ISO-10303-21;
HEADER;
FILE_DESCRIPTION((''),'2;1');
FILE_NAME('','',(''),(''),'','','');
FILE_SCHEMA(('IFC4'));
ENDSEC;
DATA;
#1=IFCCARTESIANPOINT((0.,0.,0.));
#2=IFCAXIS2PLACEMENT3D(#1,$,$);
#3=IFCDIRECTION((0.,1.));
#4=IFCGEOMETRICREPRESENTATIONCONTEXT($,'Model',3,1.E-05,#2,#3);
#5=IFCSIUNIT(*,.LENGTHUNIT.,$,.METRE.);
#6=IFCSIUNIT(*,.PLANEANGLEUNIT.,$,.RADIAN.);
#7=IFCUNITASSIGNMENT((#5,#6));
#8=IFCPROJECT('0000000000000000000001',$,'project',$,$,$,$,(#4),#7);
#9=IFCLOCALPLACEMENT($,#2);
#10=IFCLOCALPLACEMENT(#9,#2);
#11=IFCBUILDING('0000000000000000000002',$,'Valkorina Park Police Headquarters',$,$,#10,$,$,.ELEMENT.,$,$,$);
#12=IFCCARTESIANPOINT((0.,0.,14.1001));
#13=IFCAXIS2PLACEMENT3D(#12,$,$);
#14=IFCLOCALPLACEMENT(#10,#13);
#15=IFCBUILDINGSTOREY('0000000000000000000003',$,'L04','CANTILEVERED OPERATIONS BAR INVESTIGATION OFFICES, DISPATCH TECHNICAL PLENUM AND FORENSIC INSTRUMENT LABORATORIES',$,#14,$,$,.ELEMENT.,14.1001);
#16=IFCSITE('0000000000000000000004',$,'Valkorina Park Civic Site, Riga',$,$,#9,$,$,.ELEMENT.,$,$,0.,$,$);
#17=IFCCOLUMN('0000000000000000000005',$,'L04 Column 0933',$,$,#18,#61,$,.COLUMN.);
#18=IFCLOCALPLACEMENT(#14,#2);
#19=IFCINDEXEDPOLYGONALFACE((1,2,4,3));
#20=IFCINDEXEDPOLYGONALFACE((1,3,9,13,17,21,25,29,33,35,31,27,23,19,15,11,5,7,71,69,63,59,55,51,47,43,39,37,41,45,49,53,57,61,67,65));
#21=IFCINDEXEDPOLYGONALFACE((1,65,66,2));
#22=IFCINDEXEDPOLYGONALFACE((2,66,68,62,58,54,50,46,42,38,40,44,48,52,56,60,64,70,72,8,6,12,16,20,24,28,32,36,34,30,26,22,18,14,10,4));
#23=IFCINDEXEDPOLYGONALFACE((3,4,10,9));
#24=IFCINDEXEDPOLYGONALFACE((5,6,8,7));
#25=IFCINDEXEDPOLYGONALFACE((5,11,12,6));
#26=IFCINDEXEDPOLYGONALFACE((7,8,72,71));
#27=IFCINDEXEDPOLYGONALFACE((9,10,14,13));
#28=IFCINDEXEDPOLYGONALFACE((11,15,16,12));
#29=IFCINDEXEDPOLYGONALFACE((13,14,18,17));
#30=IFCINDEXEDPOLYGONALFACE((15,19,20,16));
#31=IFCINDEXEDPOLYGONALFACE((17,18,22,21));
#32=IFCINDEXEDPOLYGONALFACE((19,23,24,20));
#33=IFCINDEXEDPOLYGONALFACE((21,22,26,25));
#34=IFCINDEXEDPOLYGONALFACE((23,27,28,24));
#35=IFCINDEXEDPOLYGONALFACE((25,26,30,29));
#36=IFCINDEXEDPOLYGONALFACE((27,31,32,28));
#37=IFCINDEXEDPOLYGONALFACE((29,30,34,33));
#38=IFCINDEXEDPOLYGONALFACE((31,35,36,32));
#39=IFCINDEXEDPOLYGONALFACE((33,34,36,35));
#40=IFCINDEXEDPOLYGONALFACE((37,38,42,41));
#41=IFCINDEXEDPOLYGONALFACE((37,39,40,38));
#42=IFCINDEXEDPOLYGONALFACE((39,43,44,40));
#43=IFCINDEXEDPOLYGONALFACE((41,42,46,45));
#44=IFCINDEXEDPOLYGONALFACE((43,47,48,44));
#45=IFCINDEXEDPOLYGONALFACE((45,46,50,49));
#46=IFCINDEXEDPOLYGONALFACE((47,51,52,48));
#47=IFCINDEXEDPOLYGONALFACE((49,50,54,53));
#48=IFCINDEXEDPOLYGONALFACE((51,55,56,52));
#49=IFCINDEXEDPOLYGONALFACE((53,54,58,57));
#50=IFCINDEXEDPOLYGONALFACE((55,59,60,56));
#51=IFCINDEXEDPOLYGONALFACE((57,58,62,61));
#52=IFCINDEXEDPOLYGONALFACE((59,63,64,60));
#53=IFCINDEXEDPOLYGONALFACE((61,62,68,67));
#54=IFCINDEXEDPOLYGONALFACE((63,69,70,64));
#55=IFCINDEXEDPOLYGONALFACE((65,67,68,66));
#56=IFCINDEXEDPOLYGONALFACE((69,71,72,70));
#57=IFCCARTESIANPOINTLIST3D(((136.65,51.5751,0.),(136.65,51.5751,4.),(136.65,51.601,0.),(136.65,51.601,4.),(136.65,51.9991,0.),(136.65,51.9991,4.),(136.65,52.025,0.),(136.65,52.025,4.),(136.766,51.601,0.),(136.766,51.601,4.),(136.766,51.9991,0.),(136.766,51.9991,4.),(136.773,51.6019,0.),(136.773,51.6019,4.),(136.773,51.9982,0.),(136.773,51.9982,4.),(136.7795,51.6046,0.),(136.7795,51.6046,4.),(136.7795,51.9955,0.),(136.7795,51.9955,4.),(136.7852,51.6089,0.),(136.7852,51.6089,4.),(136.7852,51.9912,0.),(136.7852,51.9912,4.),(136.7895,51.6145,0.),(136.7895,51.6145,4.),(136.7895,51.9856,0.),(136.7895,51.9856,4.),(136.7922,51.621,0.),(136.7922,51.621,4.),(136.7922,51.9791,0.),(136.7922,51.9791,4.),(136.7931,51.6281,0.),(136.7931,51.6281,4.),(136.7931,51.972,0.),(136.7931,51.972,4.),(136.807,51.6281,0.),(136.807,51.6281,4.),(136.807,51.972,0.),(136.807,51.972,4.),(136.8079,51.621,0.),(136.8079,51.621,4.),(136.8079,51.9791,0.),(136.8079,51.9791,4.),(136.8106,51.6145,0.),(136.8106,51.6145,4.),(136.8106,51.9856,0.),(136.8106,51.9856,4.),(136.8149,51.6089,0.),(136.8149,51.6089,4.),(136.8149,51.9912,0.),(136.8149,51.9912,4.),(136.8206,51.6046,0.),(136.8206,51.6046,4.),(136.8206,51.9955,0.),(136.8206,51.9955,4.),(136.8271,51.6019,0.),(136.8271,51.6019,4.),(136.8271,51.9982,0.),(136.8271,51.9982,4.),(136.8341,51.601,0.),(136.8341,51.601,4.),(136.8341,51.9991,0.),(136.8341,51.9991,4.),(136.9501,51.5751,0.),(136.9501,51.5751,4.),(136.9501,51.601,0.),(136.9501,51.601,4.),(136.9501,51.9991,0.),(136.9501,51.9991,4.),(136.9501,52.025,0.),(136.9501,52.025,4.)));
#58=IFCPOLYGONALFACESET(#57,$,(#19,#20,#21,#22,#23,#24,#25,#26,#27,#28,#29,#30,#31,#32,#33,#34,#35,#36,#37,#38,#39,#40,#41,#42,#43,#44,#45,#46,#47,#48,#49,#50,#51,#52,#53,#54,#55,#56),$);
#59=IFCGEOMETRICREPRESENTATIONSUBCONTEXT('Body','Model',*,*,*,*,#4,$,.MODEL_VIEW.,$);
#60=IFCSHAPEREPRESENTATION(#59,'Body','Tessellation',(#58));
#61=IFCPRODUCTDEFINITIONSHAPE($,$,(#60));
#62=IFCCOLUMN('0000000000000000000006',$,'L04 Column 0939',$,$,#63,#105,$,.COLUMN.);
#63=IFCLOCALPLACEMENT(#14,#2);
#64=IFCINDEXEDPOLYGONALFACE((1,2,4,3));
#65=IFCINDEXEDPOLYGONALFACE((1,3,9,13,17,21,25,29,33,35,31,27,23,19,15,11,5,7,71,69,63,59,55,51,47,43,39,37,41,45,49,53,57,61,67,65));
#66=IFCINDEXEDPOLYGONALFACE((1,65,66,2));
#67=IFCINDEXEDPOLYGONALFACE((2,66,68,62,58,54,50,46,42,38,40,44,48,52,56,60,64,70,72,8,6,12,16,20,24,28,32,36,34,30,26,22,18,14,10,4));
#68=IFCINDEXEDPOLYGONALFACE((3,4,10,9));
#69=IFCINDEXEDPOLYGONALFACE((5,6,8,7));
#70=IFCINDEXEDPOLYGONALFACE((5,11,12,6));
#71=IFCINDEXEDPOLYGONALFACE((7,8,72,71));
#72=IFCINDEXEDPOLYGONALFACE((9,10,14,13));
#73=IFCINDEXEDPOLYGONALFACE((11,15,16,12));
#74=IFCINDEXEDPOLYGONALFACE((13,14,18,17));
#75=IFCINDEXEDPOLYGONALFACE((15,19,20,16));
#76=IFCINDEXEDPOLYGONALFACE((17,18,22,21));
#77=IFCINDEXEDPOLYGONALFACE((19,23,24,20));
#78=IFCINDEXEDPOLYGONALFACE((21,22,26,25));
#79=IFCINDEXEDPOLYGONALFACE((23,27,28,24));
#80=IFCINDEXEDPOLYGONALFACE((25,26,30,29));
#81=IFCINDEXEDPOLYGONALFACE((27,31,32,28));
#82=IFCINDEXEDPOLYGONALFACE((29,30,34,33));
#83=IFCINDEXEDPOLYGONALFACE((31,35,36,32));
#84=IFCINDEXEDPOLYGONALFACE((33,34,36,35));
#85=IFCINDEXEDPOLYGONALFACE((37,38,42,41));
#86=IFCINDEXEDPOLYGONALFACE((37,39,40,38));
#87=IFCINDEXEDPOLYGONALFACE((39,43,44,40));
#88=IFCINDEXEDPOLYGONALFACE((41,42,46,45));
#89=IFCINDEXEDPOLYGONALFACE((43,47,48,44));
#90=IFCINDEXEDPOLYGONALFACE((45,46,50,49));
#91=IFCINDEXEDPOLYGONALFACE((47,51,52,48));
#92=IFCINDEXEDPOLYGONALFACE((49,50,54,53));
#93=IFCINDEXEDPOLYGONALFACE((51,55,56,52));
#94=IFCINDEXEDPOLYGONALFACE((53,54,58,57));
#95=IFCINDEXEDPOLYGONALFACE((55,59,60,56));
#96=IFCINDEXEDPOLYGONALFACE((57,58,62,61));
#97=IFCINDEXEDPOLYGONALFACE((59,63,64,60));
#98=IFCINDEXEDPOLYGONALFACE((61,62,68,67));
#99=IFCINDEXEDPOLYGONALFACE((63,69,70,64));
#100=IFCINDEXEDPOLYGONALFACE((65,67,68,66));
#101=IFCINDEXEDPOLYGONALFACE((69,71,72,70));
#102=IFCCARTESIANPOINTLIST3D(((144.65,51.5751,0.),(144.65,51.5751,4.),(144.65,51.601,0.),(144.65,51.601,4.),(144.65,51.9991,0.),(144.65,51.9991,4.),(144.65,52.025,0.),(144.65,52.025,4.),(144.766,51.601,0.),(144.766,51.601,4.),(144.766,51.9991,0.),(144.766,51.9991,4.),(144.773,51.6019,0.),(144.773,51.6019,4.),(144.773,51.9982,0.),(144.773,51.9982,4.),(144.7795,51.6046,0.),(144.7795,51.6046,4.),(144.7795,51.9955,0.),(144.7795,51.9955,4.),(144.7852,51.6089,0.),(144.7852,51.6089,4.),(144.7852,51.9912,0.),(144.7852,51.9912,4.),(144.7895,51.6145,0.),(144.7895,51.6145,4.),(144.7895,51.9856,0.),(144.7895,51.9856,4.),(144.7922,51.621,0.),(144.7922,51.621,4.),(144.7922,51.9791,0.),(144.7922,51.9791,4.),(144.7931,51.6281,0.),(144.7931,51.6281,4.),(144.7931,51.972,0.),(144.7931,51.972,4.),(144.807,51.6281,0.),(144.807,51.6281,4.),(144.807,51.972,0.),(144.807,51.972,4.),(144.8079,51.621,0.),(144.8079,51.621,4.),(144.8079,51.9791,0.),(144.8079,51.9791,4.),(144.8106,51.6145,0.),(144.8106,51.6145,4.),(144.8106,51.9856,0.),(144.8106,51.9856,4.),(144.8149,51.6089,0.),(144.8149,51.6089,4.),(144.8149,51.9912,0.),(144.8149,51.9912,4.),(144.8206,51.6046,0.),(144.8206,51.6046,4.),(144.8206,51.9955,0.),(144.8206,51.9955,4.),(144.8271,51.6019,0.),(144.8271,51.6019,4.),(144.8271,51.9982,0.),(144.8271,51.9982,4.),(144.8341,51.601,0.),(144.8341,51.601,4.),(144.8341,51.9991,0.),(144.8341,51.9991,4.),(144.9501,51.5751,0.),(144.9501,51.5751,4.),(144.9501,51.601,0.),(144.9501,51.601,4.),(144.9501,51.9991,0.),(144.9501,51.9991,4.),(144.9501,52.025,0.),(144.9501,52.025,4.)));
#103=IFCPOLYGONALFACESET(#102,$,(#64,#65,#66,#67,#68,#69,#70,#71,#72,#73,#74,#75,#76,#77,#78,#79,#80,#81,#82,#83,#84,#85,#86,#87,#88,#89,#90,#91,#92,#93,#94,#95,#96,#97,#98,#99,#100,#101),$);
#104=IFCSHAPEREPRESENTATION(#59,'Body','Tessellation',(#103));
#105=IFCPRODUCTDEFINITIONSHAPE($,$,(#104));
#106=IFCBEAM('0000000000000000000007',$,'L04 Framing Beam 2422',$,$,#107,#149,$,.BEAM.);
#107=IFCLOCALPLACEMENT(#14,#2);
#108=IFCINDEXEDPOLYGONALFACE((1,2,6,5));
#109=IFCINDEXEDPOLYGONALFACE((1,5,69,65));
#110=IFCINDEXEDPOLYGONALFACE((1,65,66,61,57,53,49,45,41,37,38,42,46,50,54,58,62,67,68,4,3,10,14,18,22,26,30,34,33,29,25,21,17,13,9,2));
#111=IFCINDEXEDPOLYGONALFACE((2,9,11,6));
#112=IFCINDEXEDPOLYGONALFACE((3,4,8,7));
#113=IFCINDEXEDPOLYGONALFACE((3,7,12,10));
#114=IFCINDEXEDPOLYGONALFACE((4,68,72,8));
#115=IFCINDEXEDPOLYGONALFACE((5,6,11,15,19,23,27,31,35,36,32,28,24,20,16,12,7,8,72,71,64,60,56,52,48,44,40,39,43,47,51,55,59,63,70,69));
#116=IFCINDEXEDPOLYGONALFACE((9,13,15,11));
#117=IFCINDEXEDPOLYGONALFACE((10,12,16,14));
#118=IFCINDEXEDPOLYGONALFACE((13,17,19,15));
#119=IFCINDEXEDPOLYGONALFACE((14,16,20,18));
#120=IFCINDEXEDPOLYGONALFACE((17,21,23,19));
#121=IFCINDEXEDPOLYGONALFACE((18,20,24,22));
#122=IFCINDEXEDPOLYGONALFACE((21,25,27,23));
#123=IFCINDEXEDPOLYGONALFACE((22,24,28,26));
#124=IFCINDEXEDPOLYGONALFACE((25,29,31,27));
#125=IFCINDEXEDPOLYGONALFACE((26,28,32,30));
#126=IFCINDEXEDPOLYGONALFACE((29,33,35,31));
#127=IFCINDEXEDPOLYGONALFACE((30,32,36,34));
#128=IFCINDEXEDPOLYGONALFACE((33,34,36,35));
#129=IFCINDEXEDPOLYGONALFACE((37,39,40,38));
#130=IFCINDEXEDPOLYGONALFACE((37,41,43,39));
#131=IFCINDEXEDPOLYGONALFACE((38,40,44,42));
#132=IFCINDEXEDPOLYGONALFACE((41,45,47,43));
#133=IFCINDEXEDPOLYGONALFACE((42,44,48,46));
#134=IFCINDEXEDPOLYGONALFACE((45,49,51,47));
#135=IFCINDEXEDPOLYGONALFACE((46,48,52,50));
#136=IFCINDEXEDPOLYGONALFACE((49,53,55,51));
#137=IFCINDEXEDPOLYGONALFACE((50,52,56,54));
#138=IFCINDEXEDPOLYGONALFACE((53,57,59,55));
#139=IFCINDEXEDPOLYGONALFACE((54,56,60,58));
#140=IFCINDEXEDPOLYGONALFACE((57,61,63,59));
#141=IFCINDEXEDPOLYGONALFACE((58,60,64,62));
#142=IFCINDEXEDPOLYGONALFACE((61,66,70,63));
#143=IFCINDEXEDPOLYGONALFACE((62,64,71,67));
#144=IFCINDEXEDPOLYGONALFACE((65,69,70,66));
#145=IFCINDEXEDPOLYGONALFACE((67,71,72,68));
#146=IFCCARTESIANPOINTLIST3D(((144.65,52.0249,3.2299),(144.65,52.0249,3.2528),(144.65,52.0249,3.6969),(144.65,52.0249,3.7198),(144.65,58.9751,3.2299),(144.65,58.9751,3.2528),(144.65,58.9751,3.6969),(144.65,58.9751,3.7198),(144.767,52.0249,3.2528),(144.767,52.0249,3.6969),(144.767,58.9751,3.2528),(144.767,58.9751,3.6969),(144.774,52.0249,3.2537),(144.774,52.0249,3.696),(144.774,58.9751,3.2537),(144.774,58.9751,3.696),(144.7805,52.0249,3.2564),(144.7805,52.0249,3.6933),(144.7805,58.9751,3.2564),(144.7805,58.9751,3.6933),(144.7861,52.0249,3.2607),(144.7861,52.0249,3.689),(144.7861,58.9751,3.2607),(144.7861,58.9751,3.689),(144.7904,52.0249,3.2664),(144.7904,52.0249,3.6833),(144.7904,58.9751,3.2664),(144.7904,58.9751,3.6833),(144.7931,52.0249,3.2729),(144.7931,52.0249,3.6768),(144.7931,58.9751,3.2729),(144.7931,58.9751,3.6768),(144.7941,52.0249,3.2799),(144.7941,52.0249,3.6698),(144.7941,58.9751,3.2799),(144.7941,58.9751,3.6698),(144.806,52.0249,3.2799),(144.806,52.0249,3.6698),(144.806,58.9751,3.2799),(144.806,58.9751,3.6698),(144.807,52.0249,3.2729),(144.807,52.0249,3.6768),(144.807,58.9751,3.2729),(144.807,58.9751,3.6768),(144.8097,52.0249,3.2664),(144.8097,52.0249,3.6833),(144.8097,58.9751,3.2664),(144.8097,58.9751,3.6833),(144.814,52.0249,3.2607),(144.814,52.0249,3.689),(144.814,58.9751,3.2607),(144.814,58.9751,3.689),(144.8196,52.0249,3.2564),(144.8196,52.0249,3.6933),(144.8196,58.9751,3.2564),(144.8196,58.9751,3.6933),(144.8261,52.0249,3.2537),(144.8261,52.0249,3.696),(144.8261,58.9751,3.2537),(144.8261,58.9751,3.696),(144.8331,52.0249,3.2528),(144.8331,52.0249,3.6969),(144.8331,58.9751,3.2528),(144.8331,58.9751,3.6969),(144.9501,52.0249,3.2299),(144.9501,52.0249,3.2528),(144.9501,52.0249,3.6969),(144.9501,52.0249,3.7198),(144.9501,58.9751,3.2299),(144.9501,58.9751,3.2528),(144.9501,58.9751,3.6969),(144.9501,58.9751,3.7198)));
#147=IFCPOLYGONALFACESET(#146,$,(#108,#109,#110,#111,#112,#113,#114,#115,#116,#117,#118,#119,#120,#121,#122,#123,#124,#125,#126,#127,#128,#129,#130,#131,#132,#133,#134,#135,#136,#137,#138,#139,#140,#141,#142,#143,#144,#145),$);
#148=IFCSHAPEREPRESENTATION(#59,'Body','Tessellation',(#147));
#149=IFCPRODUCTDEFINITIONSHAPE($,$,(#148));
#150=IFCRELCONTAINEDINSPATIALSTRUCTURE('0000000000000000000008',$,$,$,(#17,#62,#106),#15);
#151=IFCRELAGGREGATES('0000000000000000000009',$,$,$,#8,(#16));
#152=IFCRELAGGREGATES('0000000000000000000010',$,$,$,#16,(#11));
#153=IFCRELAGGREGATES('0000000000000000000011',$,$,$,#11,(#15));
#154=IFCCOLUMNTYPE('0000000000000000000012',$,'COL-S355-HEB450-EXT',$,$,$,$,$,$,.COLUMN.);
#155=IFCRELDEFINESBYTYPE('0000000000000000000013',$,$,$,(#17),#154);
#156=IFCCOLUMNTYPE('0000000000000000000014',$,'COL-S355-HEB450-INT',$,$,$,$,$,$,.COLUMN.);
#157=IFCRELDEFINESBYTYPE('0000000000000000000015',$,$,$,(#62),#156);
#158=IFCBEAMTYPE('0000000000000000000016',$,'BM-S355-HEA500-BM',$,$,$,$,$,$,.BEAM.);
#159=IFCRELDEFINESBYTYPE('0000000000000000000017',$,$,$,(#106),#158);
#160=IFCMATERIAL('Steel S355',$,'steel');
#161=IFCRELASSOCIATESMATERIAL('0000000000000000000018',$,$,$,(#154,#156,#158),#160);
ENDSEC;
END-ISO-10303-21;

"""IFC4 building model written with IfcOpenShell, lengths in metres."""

from ifc_helpers import new_model, si_unit, direction, frame, origin, origin_2d, place, context, subcontext, project, spatial, i_section, extrude, material, material_profile, profile_set, type_object, element, save


model = new_model("IFC4")

# Units and contexts
model_context = context("Model", 3, precision=1e-05, world=origin(), true_north=direction((0.0, 1.0)))
body_context = subcontext(model_context, "Body", "Model", "MODEL_VIEW")
ifc_project = project(units=[si_unit("LENGTHUNIT", "METRE"), si_unit("PLANEANGLEUNIT", "RADIAN")], contexts=[model_context])

# Site, building, storey
site_placement = place(None, origin())
site = spatial("IfcSite", under=ifc_project, at=site_placement, Name="Valkorina Park Civic Site, Riga", CompositionType="ELEMENT", RefElevation=0.0)
building_placement = place(site_placement, origin())
building = spatial("IfcBuilding", under=site, at=building_placement, Name="Valkorina Park Police Headquarters", CompositionType="ELEMENT")
storey_placement = place(building_placement, frame((0.0, 0.0, 14.1001)))
storey = spatial("IfcBuildingStorey", under=building, at=storey_placement, Name="L04", Description="CANTILEVERED OPERATIONS BAR INVESTIGATION OFFICES, DISPATCH TECHNICAL PLENUM AND FORENSIC INSTRUMENT LABORATORIES", CompositionType="ELEMENT", Elevation=14.1001)

# Columns
ifc_material_1 = material(Name="Steel S355", Category="steel")
ifc_material_profile_1 = material_profile(ifc_material_1, i_section(OverallWidth=0.3, OverallDepth=0.45, WebThickness=0.0139, FlangeThickness=0.0259, FilletRadius=0.0271, at=origin_2d()), Name="HEB 450")
ifc_profile_set_1 = profile_set([ifc_material_profile_1], Name="Steel S355")
column_type_1 = type_object("IfcColumnType", Name="COL-S355-HEB450-EXT", PredefinedType="COLUMN", material=ifc_profile_set_1)
column_1_placement = place(storey_placement, frame((136.8, 51.8, 0.0), z_axis=(0.0, 0.0, 1.0), x_axis=(1.0, 0.0, 0.0)))
element("IfcColumn", 1, at=column_1_placement, inside=storey, type_object=column_type_1, Name="L04 Column 0933", PredefinedType="COLUMN", context=body_context, shape_type="SweptSolid", body=[
    extrude(i_section(OverallWidth=0.3, OverallDepth=0.45, WebThickness=0.0139, FlangeThickness=0.0259, FilletRadius=0.0271, at=origin_2d()), origin(), (0.0, 0.0, 1.0), 4.0),
])
ifc_material_profile_2 = material_profile(ifc_material_1, i_section(OverallWidth=0.3, OverallDepth=0.45, WebThickness=0.0139, FlangeThickness=0.0259, FilletRadius=0.0271, at=origin_2d()), Name="HEB 450")
ifc_profile_set_2 = profile_set([ifc_material_profile_2], Name="Steel S355")
column_type_2 = type_object("IfcColumnType", Name="COL-S355-HEB450-INT", PredefinedType="COLUMN", material=ifc_profile_set_2)
column_2_placement = place(storey_placement, frame((144.8, 51.8, 0.0), z_axis=(0.0, 0.0, 1.0), x_axis=(1.0, 0.0, 0.0)))
element("IfcColumn", 2, at=column_2_placement, inside=storey, type_object=column_type_2, Name="L04 Column 0939", PredefinedType="COLUMN", context=body_context, shape_type="SweptSolid", body=[
    extrude(i_section(OverallWidth=0.3, OverallDepth=0.45, WebThickness=0.0139, FlangeThickness=0.0259, FilletRadius=0.0271, at=origin_2d()), origin(), (0.0, 0.0, 1.0), 4.0),
])

# Beam
ifc_material_profile_3 = material_profile(ifc_material_1, i_section(OverallWidth=0.3, OverallDepth=0.49, WebThickness=0.012, FlangeThickness=0.0229, FilletRadius=0.0271, at=origin_2d()), Name="HEA 500")
ifc_profile_set_3 = profile_set([ifc_material_profile_3], Name="Steel S355")
beam_type_1 = type_object("IfcBeamType", Name="BM-S355-HEA500-BM", PredefinedType="BEAM", material=ifc_profile_set_3)
beam_1_placement = place(storey_placement, frame((144.8, 52.0249, 3.4749), z_axis=(0.0, 1.0, 0.0), x_axis=(-1.0, 0.0, 0.0)))
element("IfcBeam", 3, at=beam_1_placement, inside=storey, type_object=beam_type_1, Name="L04 Framing Beam 2422", PredefinedType="BEAM", context=body_context, shape_type="SweptSolid", body=[
    extrude(i_section(OverallWidth=0.3, OverallDepth=0.49, WebThickness=0.012, FlangeThickness=0.0229, FilletRadius=0.0271, at=origin_2d()), origin(), (0.0, 0.0, 1.0), 6.9502),
])

save(model, "model.ifc")
